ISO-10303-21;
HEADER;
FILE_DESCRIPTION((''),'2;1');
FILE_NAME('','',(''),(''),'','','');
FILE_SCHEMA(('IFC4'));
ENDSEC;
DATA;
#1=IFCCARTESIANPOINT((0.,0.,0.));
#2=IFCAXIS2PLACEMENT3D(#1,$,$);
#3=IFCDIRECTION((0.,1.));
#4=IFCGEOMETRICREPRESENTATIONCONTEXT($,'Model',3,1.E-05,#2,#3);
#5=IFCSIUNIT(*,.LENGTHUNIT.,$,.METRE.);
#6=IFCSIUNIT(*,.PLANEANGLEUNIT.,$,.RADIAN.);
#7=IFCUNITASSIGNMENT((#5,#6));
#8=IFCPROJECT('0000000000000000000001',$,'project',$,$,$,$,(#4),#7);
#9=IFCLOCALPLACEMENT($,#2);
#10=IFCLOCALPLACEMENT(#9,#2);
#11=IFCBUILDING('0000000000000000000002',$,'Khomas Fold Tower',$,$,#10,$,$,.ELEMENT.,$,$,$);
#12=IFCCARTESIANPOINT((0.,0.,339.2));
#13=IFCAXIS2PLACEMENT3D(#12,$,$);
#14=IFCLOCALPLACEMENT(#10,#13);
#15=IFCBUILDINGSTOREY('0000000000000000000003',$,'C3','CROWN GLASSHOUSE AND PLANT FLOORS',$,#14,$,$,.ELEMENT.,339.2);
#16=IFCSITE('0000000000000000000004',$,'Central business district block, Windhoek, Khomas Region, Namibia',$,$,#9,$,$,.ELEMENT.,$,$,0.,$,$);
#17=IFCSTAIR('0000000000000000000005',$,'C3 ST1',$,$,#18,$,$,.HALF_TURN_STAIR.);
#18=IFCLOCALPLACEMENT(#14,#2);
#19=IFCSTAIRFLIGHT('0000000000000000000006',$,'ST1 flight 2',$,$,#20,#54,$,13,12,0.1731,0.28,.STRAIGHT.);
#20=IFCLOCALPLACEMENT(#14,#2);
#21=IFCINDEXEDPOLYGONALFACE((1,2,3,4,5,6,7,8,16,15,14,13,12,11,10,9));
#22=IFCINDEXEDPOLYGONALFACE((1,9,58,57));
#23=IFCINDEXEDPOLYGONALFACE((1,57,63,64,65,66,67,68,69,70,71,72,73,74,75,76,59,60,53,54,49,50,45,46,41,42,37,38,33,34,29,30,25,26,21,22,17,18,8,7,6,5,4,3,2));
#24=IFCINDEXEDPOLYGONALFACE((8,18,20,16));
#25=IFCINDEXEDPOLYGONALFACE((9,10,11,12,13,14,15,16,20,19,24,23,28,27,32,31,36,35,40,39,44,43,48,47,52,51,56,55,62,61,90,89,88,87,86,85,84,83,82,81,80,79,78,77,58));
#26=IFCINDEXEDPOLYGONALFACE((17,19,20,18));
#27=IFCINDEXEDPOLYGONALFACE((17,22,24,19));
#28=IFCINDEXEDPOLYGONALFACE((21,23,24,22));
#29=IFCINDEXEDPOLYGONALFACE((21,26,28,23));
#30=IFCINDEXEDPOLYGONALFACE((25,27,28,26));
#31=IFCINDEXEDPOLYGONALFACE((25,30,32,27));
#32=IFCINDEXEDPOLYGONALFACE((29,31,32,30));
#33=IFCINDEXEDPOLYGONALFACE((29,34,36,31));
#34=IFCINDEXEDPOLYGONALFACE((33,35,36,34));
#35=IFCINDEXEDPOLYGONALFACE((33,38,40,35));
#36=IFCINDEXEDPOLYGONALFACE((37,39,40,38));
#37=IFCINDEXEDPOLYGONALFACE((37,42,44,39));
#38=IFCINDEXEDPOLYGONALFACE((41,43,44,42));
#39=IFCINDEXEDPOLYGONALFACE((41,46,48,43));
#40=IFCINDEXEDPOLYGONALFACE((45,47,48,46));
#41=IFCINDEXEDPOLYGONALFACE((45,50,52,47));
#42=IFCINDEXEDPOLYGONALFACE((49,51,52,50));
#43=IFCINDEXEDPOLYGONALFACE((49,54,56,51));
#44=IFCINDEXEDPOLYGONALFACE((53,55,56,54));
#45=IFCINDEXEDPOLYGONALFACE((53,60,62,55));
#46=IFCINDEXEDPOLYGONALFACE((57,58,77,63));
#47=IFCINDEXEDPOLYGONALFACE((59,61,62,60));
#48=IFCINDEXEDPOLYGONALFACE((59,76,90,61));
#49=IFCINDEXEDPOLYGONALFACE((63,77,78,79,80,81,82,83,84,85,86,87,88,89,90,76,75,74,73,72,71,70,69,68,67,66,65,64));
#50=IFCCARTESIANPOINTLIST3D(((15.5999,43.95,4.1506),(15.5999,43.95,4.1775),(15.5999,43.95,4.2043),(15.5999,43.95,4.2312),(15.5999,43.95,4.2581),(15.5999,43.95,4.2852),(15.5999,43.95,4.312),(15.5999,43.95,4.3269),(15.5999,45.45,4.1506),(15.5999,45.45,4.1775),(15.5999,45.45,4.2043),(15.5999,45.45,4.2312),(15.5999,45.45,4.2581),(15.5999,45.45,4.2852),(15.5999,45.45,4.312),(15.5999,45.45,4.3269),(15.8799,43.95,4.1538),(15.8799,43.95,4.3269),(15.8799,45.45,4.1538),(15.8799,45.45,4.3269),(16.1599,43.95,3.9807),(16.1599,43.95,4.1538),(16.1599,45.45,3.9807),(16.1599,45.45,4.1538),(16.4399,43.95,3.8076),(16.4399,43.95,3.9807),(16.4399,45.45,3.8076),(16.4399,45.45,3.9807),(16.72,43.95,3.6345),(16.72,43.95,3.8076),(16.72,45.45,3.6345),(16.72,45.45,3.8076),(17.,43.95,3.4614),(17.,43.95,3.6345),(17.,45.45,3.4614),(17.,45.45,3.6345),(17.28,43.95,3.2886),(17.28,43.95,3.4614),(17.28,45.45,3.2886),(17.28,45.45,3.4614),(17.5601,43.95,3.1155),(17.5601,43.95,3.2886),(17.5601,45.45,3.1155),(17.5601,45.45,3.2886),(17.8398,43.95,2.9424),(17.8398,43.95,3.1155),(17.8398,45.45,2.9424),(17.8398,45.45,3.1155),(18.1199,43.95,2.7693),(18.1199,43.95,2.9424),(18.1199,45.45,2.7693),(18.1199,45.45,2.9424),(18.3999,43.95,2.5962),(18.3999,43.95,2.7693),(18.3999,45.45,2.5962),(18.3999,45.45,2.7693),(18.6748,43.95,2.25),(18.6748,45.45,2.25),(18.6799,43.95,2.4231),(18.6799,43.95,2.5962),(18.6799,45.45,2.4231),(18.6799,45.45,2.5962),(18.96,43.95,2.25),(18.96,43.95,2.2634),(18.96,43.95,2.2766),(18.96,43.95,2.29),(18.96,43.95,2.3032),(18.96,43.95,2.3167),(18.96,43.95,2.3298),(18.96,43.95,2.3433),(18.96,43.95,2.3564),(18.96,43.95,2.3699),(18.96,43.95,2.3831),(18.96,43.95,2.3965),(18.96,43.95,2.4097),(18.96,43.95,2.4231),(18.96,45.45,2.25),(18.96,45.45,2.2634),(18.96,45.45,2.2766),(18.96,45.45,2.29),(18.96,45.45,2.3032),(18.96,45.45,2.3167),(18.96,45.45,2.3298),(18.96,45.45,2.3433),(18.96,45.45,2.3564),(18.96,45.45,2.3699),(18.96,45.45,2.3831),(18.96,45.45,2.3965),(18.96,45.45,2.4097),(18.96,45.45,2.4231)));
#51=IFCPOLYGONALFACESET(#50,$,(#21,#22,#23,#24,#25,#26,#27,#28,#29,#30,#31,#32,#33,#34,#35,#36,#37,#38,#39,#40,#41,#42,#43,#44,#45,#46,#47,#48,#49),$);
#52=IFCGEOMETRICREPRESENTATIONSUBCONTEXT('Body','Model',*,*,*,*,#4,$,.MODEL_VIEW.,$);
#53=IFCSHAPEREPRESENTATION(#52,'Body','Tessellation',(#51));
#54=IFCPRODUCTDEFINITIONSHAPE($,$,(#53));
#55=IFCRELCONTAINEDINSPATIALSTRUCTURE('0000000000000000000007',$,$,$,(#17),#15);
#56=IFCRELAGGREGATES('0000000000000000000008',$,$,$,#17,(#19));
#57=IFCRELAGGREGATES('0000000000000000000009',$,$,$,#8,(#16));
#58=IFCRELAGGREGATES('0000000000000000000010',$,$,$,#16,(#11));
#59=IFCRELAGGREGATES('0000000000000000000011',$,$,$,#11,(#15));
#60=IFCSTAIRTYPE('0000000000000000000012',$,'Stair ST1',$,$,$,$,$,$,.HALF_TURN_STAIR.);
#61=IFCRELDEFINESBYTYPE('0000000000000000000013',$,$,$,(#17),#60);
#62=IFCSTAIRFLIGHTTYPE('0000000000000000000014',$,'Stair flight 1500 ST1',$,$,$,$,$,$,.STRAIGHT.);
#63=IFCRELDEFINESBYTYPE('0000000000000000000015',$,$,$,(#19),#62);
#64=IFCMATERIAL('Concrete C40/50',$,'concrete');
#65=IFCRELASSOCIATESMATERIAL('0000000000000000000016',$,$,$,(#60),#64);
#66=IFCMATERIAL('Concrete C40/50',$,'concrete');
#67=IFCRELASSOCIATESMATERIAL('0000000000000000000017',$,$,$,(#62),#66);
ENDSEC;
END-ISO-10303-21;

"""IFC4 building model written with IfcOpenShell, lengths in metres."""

from ifc_helpers import new_model, si_unit, direction, frame, origin, place, context, subcontext, project, spatial, polyline, outline, extrude, source, transform, mapped, material, type_object, element, aggregate, save


model = new_model("IFC4")

# Units and contexts
model_context = context("Model", 3, precision=1e-05, world=origin(), true_north=direction((0.0, 1.0)))
body_context = subcontext(model_context, "Body", "Model", "MODEL_VIEW")
ifc_project = project(units=[si_unit("LENGTHUNIT", "METRE"), si_unit("PLANEANGLEUNIT", "RADIAN")], contexts=[model_context])

# Site, building, storey
site_placement = place(None, origin())
site = spatial("IfcSite", under=ifc_project, at=site_placement, Name="Central business district block, Windhoek, Khomas Region, Namibia", CompositionType="ELEMENT", RefElevation=0.0)
building_placement = place(site_placement, origin())
building = spatial("IfcBuilding", under=site, at=building_placement, Name="Khomas Fold Tower", CompositionType="ELEMENT")
storey_placement = place(building_placement, frame((0.0, 0.0, 339.2)))
storey = spatial("IfcBuildingStorey", under=building, at=storey_placement, Name="C3", Description="CROWN GLASSHOUSE AND PLANT FLOORS", CompositionType="ELEMENT", Elevation=339.2)

# Stair, stair flight
ifc_material_1 = material(Name="Concrete C40/50", Category="concrete")
stair_type = type_object("IfcStairType", Name="Stair ST1", PredefinedType="HALF_TURN_STAIR", material=ifc_material_1)
stair_placement = place(storey_placement, origin())
stair = element("IfcStair", 1, at=stair_placement, inside=storey, type_object=stair_type, Name="C3 ST1", PredefinedType="HALF_TURN_STAIR")
ifc_material_2 = material(Name="Concrete C40/50", Category="concrete")
stair_flight_type = type_object("IfcStairFlightType", Name="Stair flight 1500 ST1", PredefinedType="STRAIGHT", material=ifc_material_2)
shared_shape_1 = source(origin(), body_context, "Body", "SweptSolid", [
    extrude(outline(polyline([(0.0, 0.0), (0.0, 0.0134), (0.0, 0.0266), (0.0, 0.04), (0.0, 0.0532), (0.0, 0.0667), (0.0, 0.0798), (0.0, 0.0933), (0.0, 0.1064), (0.0, 0.1199), (0.0, 0.1331), (0.0, 0.1465), (0.0, 0.1597), (0.0, 0.1731), (0.28, 0.1731), (0.28, 0.3462), (0.5601, 0.3462), (0.5601, 0.5193), (0.8401, 0.5193), (0.8401, 0.6924), (1.1201, 0.6924), (1.1201, 0.8655), (1.3999, 0.8655), (1.3999, 1.0386), (1.6799, 1.0386), (1.6799, 1.2114), (1.96, 1.2114), (1.96, 1.3845), (2.24, 1.3845), (2.24, 1.5576), (2.52, 1.5576), (2.52, 1.7307), (2.8, 1.7307), (2.8, 1.9038), (3.0801, 1.9038), (3.0801, 2.0769), (3.3601, 2.0769), (3.3601, 2.25), (3.3601, 2.2231), (3.3601, 2.1963), (3.3601, 2.1694), (3.3601, 2.1426), (3.3601, 2.1157), (3.3601, 2.0889), (3.3601, 2.062), (3.3601, 2.0352), (3.3601, 2.0081), (3.3601, 1.9812), (3.3601, 1.9543), (3.3601, 1.9275), (3.3601, 1.9006), (0.2852, 0.0), (0.0, 0.0)])), frame((0.0, 0.75, 0.0), z_axis=(0.0, -1.0, 0.0), x_axis=(1.0, 0.0, 0.0)), (0.0, 0.0, 1.0), 1.5),
])
stair_flight_1_placement = place(storey_placement, frame((18.96, 44.7, 2.25), z_axis=(0.0, 0.0, 1.0), x_axis=(-1.0, 0.0, 0.0)))
stair_flight_1 = element("IfcStairFlight", 2, at=stair_flight_1_placement, type_object=stair_flight_type, Name="ST1 flight 2", NumberOfRisers=13, NumberOfTreads=12, PredefinedType="STRAIGHT", RiserHeight=0.1731, TreadLength=0.28, context=body_context, shape_type="MappedRepresentation", body=[
    mapped(shared_shape_1, transform((0.0, 0.0, 0.0))),
])
aggregate(stair, [stair_flight_1])

save(model, "model.ifc")
